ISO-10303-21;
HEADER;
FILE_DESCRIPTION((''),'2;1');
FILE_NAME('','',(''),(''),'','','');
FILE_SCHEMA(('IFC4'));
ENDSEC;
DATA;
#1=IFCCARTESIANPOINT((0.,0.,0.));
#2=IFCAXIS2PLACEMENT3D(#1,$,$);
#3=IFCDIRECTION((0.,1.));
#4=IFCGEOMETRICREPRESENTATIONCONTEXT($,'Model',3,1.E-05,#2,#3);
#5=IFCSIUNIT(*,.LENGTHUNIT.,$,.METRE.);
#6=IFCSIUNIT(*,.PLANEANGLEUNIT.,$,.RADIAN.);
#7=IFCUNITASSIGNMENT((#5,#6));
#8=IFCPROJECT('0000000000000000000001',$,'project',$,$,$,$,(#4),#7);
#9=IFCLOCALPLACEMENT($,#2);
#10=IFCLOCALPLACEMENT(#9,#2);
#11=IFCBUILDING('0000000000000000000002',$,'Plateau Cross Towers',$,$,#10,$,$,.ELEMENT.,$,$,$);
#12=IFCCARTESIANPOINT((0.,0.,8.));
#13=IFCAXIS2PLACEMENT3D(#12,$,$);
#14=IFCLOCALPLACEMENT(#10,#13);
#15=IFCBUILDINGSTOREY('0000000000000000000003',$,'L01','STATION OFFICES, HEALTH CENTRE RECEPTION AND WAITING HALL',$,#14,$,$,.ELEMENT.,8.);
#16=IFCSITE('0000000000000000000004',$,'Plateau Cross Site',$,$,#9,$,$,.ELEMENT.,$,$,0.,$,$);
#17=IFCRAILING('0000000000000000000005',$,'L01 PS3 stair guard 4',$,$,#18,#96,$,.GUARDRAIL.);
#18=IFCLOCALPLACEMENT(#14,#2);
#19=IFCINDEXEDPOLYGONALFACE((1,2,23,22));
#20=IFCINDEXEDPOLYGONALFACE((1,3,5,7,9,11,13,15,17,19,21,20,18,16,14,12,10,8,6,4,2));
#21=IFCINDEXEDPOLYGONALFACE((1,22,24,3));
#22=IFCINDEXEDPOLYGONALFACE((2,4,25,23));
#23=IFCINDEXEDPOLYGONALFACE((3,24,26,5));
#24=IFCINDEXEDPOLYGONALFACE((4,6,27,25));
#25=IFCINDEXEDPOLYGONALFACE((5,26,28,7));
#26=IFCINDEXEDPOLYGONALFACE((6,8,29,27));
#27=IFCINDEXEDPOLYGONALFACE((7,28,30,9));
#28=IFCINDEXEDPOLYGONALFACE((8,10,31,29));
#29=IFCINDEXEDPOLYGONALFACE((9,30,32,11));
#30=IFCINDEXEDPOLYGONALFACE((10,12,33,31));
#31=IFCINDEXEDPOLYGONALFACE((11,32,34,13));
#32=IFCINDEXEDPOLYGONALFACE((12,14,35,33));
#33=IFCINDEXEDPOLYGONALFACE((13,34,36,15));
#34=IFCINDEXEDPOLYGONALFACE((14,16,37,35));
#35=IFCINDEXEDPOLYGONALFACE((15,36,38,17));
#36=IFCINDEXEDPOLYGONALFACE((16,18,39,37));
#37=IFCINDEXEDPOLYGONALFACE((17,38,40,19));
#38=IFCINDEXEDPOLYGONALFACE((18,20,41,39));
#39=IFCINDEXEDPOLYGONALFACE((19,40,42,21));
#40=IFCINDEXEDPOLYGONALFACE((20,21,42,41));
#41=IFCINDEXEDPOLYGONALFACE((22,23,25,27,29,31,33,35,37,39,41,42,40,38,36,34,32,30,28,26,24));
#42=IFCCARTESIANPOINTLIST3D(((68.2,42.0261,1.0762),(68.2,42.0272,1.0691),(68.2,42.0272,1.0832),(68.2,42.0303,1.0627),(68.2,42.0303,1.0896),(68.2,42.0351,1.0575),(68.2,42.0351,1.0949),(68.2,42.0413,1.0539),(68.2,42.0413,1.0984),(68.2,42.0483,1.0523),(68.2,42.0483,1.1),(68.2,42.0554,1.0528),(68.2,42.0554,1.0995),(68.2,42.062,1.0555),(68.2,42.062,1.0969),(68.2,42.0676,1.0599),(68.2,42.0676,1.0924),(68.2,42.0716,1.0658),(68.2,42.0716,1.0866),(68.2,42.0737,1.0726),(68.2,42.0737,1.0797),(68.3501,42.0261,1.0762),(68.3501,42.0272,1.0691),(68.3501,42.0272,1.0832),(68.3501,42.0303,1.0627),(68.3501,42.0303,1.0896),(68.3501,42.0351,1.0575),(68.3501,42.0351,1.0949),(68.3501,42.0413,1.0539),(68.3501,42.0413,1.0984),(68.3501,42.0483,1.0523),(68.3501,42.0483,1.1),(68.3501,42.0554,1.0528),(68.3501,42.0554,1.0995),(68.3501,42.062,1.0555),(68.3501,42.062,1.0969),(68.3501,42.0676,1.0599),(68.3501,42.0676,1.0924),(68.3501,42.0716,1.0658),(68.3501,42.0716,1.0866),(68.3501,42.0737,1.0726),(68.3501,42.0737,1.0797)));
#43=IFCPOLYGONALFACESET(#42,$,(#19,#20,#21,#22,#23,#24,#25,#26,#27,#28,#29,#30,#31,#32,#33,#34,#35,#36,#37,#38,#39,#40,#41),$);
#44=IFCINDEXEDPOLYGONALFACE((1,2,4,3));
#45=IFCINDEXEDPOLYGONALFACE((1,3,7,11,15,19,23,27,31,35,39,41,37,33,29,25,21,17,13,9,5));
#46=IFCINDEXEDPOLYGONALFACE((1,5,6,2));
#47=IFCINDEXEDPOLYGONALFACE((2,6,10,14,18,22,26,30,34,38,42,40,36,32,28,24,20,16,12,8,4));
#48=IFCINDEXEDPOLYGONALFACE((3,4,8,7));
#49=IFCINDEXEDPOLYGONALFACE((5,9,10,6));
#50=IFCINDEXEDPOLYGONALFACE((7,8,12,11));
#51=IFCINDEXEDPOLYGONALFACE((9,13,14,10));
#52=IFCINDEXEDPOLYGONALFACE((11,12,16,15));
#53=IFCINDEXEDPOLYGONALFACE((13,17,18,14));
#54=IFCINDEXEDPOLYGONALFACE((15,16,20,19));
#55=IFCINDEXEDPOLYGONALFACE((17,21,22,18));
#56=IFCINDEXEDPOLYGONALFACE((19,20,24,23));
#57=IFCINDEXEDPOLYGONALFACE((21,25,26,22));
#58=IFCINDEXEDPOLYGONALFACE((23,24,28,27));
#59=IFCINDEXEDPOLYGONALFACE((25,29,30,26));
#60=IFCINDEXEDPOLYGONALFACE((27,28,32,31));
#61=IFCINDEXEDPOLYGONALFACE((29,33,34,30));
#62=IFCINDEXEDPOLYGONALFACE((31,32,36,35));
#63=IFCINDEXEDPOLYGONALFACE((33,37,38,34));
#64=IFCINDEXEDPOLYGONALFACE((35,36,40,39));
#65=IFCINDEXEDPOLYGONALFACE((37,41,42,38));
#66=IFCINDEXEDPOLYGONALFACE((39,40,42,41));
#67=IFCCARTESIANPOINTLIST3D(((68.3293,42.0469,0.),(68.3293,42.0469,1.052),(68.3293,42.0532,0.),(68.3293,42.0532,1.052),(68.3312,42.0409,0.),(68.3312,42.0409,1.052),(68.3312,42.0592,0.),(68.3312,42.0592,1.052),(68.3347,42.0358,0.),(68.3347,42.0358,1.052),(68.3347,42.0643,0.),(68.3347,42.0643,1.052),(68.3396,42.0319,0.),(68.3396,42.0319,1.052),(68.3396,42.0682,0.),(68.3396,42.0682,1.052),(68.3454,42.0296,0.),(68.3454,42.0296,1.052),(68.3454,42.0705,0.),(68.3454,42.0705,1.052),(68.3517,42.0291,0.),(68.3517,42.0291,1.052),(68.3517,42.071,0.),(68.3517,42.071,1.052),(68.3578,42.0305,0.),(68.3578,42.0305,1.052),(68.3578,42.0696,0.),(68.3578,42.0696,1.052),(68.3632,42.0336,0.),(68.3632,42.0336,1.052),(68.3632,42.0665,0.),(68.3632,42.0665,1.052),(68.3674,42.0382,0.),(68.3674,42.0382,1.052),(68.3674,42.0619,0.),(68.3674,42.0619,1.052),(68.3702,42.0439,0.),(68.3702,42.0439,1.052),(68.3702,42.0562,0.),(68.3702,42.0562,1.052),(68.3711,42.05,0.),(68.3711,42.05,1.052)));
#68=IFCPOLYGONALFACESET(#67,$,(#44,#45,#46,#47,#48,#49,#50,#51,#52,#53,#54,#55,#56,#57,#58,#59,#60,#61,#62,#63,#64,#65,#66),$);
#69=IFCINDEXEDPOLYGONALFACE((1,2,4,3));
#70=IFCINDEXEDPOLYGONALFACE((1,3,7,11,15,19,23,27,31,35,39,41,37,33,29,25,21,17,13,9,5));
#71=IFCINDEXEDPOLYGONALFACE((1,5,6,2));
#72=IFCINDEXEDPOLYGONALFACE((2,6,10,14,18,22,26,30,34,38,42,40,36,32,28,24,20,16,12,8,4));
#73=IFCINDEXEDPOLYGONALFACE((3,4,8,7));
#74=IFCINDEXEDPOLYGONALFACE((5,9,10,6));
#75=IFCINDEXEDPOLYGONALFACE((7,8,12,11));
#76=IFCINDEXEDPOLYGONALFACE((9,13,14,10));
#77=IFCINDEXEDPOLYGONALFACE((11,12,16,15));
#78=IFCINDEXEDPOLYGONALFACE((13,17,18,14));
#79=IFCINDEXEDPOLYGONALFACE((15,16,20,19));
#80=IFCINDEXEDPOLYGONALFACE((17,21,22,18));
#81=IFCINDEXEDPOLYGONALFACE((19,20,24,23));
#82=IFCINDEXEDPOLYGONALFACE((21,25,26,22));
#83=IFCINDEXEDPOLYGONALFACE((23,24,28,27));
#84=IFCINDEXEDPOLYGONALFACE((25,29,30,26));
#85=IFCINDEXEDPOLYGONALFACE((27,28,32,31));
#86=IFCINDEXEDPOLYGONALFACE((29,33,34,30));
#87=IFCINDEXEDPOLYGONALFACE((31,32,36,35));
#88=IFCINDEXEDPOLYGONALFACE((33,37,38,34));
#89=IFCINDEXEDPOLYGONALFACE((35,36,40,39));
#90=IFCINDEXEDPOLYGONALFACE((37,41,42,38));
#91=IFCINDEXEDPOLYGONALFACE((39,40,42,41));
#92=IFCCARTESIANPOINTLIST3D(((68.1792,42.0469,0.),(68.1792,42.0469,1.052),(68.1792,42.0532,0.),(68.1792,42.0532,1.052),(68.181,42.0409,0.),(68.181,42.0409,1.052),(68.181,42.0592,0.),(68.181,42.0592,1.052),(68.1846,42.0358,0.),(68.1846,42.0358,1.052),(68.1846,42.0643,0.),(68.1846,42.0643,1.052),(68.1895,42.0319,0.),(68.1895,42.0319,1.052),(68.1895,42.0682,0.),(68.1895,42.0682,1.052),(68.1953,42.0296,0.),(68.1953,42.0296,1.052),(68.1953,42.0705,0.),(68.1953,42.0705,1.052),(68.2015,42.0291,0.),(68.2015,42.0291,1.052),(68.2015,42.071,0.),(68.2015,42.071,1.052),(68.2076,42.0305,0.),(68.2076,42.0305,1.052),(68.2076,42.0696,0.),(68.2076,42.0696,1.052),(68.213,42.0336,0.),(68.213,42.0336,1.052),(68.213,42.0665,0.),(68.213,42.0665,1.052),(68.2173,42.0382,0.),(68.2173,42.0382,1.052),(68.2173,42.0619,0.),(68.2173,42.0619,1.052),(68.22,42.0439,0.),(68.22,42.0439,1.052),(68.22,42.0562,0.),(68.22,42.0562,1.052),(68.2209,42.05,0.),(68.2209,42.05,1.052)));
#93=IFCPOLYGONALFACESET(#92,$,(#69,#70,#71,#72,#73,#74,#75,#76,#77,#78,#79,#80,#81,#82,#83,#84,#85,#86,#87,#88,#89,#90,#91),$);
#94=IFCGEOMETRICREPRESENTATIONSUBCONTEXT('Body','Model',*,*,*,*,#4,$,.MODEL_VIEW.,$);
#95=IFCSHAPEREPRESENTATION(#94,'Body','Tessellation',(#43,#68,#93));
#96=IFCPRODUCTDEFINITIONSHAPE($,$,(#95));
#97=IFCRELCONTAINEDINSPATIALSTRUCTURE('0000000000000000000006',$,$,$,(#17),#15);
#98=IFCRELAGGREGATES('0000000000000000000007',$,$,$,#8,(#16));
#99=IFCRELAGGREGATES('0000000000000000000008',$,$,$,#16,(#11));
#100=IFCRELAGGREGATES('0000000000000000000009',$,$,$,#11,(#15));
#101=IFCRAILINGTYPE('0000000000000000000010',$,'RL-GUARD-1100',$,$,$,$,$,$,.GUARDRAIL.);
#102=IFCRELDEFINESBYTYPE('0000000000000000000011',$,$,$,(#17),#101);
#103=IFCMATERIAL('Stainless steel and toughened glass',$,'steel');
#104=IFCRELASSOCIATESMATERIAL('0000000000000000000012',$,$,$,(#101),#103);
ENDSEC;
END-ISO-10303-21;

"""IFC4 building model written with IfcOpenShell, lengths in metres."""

from ifc_helpers import new_model, si_unit, direction, frame, origin, origin_2d, place, context, subcontext, project, spatial, circle, extrude, material, type_object, element, save


model = new_model("IFC4")

# Units and contexts
model_context = context("Model", 3, precision=1e-05, world=origin(), true_north=direction((0.0, 1.0)))
body_context = subcontext(model_context, "Body", "Model", "MODEL_VIEW")
ifc_project = project(units=[si_unit("LENGTHUNIT", "METRE"), si_unit("PLANEANGLEUNIT", "RADIAN")], contexts=[model_context])

# Site, building, storey
site_placement = place(None, origin())
site = spatial("IfcSite", under=ifc_project, at=site_placement, Name="Plateau Cross Site", CompositionType="ELEMENT", RefElevation=0.0)
building_placement = place(site_placement, origin())
building = spatial("IfcBuilding", under=site, at=building_placement, Name="Plateau Cross Towers", CompositionType="ELEMENT")
storey_placement = place(building_placement, frame((0.0, 0.0, 8.0)))
storey = spatial("IfcBuildingStorey", under=building, at=storey_placement, Name="L01", Description="STATION OFFICES, HEALTH CENTRE RECEPTION AND WAITING HALL", CompositionType="ELEMENT", Elevation=8.0)

# Railing
ifc_material_1 = material(Name="Stainless steel and toughened glass", Category="steel")
railing_type_1 = type_object("IfcRailingType", Name="RL-GUARD-1100", PredefinedType="GUARDRAIL", material=ifc_material_1)
railing_1_placement = place(storey_placement, frame((68.3501, 42.05, 0.0)))
element("IfcRailing", 1, at=railing_1_placement, inside=storey, type_object=railing_type_1, Name="L01 PS3 stair guard 4", PredefinedType="GUARDRAIL", context=body_context, shape_type="SweptSolid", body=[
    extrude(circle(Radius=0.0239, at=origin_2d()), frame((0.0, 0.0, 1.0762), z_axis=(-1.0, 0.0, 0.0), x_axis=(0.0, -1.0, 0.0)), (0.0, 0.0, 1.0), 0.1501),
    extrude(circle(Radius=0.021, at=origin_2d()), origin(), (0.0, 0.0, 1.0), 1.052),
    extrude(circle(Radius=0.021, at=origin_2d()), frame((-0.1501, 0.0, 0.0)), (0.0, 0.0, 1.0), 1.052),
])

save(model, "model.ifc")
